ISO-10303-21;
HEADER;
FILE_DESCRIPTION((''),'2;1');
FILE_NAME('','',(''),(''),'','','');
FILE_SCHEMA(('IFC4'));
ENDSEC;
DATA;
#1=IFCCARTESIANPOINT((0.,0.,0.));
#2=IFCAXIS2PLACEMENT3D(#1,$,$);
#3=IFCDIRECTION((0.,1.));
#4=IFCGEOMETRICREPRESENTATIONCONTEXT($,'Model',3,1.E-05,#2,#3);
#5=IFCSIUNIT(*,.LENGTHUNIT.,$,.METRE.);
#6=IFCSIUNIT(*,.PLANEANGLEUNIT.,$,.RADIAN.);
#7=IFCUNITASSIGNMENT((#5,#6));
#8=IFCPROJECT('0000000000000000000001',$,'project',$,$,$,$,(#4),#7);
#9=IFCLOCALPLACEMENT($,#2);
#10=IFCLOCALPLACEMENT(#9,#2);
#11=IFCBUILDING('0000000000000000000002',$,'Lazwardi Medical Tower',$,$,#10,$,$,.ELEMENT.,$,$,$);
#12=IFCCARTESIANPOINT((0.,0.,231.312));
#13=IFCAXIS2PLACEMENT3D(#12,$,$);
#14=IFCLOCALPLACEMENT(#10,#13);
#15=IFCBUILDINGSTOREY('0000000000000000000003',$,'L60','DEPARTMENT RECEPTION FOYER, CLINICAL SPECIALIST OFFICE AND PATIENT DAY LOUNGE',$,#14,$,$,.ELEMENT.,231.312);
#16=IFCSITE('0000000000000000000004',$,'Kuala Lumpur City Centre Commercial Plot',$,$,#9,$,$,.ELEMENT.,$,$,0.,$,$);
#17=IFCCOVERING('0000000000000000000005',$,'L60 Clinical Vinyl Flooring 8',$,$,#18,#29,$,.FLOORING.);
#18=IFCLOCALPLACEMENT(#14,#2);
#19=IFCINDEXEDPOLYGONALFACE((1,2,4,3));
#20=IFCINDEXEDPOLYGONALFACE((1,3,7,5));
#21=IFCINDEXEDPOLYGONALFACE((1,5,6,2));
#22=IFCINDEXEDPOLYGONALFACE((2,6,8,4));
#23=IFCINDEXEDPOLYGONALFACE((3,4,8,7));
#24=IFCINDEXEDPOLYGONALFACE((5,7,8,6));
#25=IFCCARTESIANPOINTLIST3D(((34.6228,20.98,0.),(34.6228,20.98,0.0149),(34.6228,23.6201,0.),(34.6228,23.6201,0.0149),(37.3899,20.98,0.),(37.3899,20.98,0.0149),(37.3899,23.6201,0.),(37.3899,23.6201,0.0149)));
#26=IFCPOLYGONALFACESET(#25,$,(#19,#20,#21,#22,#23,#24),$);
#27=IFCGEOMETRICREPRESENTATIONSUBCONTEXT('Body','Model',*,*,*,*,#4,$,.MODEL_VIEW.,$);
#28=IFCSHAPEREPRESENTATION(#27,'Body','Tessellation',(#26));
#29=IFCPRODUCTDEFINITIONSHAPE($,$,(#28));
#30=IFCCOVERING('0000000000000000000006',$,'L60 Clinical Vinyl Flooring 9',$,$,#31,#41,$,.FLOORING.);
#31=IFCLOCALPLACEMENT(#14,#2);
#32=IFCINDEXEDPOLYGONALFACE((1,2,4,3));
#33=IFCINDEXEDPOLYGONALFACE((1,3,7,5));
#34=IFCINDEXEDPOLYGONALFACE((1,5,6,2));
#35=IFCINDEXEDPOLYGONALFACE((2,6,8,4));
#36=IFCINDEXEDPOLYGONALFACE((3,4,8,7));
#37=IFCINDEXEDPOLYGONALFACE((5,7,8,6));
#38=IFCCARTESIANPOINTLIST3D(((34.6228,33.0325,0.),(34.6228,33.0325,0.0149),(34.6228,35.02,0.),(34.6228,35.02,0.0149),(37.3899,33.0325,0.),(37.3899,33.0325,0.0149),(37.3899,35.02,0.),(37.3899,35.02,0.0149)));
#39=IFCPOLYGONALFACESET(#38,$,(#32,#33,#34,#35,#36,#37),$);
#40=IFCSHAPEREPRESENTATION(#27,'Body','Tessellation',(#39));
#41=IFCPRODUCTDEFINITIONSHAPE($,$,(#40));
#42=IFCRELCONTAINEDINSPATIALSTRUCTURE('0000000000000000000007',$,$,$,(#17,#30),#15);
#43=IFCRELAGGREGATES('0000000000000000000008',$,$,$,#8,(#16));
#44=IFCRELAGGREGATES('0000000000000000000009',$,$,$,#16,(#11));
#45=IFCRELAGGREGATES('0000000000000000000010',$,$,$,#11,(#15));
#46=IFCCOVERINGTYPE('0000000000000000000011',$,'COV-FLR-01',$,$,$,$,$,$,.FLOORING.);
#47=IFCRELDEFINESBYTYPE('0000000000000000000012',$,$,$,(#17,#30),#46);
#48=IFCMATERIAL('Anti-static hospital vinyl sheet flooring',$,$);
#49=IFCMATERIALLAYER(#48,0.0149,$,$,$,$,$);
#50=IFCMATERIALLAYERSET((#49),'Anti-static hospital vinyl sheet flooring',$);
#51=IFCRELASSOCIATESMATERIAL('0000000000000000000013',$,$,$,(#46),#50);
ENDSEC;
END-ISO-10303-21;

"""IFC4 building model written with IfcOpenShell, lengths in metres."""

from ifc_helpers import new_model, si_unit, direction, frame, origin, place, context, subcontext, project, spatial, polyline, outline, extrude, material, layer, layer_set, type_object, element, save


model = new_model("IFC4")

# Units and contexts
model_context = context("Model", 3, precision=1e-05, world=origin(), true_north=direction((0.0, 1.0)))
body_context = subcontext(model_context, "Body", "Model", "MODEL_VIEW")
ifc_project = project(units=[si_unit("LENGTHUNIT", "METRE"), si_unit("PLANEANGLEUNIT", "RADIAN")], contexts=[model_context])

# Site, building, storey
site_placement = place(None, origin())
site = spatial("IfcSite", under=ifc_project, at=site_placement, Name="Kuala Lumpur City Centre Commercial Plot", CompositionType="ELEMENT", RefElevation=0.0)
building_placement = place(site_placement, origin())
building = spatial("IfcBuilding", under=site, at=building_placement, Name="Lazwardi Medical Tower", CompositionType="ELEMENT")
storey_placement = place(building_placement, frame((0.0, 0.0, 231.312)))
storey = spatial("IfcBuildingStorey", under=building, at=storey_placement, Name="L60", Description="DEPARTMENT RECEPTION FOYER, CLINICAL SPECIALIST OFFICE AND PATIENT DAY LOUNGE", CompositionType="ELEMENT", Elevation=231.312)

# Coverings
ifc_material_1 = material(Name="Anti-static hospital vinyl sheet flooring")
ifc_layer_1 = layer(ifc_material_1, 0.0149)
ifc_layer_set_1 = layer_set([ifc_layer_1], Name="Anti-static hospital vinyl sheet flooring")
covering_type_1 = type_object("IfcCoveringType", Name="COV-FLR-01", PredefinedType="FLOORING", material=ifc_layer_set_1)
covering_1_placement = place(storey_placement, origin())
element("IfcCovering", 1, at=covering_1_placement, inside=storey, type_object=covering_type_1, Name="L60 Clinical Vinyl Flooring 8", PredefinedType="FLOORING", context=body_context, shape_type="SweptSolid", body=[
    extrude(outline(polyline([(34.6228, 20.98), (37.3899, 20.98), (37.3899, 23.6201), (34.6228, 23.6201), (34.6228, 20.98)])), origin(), (0.0, 0.0, 1.0), 0.0149),
])
covering_2_placement = place(storey_placement, origin())
element("IfcCovering", 2, at=covering_2_placement, inside=storey, type_object=covering_type_1, Name="L60 Clinical Vinyl Flooring 9", PredefinedType="FLOORING", context=body_context, shape_type="SweptSolid", body=[
    extrude(outline(polyline([(37.3899, 33.0325), (37.3899, 35.02), (34.6228, 35.02), (34.6228, 33.0325), (37.3899, 33.0325)])), origin(), (0.0, 0.0, 1.0), 0.0149),
])

save(model, "model.ifc")
